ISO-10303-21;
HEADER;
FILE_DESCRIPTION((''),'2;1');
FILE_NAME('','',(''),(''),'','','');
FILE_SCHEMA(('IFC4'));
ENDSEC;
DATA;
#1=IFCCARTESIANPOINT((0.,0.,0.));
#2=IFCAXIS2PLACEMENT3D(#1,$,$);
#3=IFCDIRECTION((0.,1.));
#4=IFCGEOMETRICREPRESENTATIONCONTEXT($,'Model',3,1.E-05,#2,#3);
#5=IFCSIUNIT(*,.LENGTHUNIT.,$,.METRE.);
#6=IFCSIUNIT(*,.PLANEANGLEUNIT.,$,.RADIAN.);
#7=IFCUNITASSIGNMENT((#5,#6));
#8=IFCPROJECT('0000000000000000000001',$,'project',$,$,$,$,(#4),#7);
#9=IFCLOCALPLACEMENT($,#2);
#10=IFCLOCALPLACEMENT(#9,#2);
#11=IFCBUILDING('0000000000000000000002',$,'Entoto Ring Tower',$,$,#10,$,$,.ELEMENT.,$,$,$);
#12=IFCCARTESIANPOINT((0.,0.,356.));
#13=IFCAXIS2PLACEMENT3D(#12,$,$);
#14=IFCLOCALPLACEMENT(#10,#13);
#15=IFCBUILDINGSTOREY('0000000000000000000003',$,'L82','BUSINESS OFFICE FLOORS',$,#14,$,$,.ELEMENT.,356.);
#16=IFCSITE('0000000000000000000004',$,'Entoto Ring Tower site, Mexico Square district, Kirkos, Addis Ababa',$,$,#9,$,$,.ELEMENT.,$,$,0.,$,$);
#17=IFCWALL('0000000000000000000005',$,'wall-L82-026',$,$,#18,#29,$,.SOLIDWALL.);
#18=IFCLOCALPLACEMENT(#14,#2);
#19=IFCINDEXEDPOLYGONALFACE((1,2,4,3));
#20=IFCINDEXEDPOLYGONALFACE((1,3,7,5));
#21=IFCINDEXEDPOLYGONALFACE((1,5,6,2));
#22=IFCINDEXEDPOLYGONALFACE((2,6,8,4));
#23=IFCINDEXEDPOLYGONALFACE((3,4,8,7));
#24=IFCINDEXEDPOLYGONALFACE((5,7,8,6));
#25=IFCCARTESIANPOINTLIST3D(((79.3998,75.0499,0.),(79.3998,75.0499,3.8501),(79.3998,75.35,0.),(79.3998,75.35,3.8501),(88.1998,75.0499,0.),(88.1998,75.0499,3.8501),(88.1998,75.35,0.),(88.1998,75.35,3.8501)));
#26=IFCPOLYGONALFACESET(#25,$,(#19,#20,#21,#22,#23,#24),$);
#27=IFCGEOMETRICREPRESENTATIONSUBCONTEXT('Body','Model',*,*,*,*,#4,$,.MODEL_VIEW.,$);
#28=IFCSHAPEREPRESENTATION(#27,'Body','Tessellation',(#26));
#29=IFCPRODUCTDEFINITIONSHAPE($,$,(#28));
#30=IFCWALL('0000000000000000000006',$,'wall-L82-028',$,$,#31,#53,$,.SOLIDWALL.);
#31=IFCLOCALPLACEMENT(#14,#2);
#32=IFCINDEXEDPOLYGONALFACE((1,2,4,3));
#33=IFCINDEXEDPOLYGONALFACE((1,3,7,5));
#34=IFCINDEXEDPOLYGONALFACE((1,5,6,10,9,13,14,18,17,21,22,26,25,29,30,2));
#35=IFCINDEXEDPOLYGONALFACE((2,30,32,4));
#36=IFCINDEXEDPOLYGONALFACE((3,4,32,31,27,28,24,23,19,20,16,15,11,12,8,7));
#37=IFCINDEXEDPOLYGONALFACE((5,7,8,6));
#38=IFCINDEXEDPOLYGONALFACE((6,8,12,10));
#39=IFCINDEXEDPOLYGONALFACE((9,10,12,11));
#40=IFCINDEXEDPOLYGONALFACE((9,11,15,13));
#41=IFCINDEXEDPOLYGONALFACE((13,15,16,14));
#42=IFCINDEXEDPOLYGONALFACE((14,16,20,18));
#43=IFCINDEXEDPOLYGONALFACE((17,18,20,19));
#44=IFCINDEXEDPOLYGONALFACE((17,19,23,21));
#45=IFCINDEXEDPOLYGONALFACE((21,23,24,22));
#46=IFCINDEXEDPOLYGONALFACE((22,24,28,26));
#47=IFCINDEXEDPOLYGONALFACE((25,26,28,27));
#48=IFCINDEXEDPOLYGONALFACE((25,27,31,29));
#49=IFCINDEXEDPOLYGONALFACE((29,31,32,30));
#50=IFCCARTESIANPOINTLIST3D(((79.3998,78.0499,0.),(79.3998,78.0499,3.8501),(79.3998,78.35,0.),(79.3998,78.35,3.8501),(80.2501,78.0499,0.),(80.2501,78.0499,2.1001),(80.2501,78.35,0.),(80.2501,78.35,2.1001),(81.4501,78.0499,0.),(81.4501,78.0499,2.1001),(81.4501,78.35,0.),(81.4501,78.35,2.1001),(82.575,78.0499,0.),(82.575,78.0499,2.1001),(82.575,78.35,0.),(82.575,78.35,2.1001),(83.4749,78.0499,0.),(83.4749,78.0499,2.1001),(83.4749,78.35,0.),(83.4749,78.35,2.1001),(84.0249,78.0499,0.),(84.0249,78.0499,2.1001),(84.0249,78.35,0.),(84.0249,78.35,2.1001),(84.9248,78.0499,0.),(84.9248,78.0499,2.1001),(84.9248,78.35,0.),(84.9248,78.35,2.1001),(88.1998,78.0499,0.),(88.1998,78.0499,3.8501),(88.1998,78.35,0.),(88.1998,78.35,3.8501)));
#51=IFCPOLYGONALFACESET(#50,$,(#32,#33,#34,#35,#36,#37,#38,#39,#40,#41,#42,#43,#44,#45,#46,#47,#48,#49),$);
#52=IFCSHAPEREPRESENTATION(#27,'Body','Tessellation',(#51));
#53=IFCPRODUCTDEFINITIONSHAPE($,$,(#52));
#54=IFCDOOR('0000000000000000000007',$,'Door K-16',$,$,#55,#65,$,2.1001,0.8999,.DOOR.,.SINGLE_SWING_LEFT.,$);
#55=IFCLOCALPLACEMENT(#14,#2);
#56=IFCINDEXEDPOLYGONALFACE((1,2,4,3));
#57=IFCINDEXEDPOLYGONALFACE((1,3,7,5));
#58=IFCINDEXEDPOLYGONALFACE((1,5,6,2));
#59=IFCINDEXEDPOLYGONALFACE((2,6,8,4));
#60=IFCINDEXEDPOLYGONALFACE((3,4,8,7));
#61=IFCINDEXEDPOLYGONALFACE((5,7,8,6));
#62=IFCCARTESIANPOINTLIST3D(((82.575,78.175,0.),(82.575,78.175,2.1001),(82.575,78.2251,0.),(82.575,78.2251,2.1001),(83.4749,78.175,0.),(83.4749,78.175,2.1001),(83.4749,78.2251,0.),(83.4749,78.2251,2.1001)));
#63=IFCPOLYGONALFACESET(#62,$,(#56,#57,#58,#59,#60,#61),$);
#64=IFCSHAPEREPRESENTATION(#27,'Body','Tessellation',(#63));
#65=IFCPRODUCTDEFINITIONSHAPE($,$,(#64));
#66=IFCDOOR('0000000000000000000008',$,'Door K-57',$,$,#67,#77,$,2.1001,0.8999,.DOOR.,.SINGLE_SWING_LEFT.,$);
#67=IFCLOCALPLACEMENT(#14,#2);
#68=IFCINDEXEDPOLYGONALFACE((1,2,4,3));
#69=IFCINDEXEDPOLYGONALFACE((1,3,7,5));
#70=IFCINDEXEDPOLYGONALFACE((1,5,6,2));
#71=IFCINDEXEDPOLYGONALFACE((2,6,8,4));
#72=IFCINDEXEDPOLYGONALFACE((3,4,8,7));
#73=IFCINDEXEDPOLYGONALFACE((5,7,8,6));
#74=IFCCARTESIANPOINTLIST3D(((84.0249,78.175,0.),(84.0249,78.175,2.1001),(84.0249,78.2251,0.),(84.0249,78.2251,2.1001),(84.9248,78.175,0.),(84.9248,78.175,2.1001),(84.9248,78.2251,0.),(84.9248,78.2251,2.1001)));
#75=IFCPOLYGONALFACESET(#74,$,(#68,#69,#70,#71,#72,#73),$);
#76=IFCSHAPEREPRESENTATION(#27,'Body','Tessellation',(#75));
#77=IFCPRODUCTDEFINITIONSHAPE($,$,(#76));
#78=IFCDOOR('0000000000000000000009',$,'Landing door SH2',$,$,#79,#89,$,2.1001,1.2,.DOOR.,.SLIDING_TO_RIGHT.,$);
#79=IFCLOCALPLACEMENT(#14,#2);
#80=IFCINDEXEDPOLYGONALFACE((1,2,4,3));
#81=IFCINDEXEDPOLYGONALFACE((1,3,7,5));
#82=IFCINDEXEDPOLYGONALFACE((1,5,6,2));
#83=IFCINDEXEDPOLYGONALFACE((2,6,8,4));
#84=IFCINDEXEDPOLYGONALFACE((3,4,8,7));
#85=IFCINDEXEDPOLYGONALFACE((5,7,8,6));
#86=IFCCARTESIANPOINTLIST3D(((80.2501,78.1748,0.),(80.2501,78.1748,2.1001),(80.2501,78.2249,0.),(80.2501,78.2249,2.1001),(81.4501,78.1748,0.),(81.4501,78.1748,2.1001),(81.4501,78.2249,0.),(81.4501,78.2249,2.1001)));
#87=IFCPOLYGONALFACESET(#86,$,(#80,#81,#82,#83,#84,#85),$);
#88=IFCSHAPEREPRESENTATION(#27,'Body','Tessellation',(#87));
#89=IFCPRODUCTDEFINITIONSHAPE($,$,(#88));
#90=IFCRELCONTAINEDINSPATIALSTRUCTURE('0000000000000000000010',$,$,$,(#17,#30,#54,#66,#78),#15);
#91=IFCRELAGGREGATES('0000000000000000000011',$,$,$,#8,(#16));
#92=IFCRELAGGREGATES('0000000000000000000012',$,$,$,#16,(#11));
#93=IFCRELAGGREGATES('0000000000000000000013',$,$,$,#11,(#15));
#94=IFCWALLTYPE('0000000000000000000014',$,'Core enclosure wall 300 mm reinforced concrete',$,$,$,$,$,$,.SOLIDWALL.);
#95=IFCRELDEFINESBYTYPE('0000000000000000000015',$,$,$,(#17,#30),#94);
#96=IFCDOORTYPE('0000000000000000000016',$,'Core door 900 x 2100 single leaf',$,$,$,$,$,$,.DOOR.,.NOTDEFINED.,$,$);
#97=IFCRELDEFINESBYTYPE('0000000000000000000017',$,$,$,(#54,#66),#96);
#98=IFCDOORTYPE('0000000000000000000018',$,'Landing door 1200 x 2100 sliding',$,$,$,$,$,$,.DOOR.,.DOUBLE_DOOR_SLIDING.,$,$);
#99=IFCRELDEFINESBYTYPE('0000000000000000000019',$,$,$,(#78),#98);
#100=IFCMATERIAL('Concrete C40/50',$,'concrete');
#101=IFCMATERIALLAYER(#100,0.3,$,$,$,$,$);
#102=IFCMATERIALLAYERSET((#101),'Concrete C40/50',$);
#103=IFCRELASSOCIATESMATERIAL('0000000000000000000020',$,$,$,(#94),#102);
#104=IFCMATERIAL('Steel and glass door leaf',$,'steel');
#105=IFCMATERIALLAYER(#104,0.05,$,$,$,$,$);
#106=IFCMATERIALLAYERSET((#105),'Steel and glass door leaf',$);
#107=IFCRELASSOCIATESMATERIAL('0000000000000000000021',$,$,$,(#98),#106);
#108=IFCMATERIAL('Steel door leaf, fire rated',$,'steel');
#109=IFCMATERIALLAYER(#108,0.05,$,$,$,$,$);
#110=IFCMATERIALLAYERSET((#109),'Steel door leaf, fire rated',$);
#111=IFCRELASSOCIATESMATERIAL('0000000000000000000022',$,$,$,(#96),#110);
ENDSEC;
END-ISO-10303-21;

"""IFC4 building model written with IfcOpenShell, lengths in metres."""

from ifc_helpers import new_model, si_unit, direction, frame, frame_2d, origin, place, context, subcontext, project, spatial, rectangle, extrude, material, layer, layer_set, type_object, element, fill, save


model = new_model("IFC4")

# Units and contexts
model_context = context("Model", 3, precision=1e-05, world=origin(), true_north=direction((0.0, 1.0)))
body_context = subcontext(model_context, "Body", "Model", "MODEL_VIEW")
ifc_project = project(units=[si_unit("LENGTHUNIT", "METRE"), si_unit("PLANEANGLEUNIT", "RADIAN")], contexts=[model_context])

# Site, building, storey
site_placement = place(None, origin())
site = spatial("IfcSite", under=ifc_project, at=site_placement, Name="Entoto Ring Tower site, Mexico Square district, Kirkos, Addis Ababa", CompositionType="ELEMENT", RefElevation=0.0)
building_placement = place(site_placement, origin())
building = spatial("IfcBuilding", under=site, at=building_placement, Name="Entoto Ring Tower", CompositionType="ELEMENT")
storey_placement = place(building_placement, frame((0.0, 0.0, 356.0)))
storey = spatial("IfcBuildingStorey", under=building, at=storey_placement, Name="L82", Description="BUSINESS OFFICE FLOORS", CompositionType="ELEMENT", Elevation=356.0)

# Shared definitions
ifc_material_1 = material(Name="Concrete C40/50", Category="concrete")
ifc_layer_1 = layer(ifc_material_1, 0.3)
ifc_layer_set_1 = layer_set([ifc_layer_1], Name="Concrete C40/50")
wall_type_1 = type_object("IfcWallType", Name="Core enclosure wall 300 mm reinforced concrete", PredefinedType="SOLIDWALL", material=ifc_layer_set_1)
ifc_material_2 = material(Name="Steel and glass door leaf", Category="steel")
ifc_layer_2 = layer(ifc_material_2, 0.05)
ifc_layer_set_2 = layer_set([ifc_layer_2], Name="Steel and glass door leaf")
door_type_1 = type_object("IfcDoorType", Name="Landing door 1200 x 2100 sliding", OperationType="DOUBLE_DOOR_SLIDING", PredefinedType="DOOR", material=ifc_layer_set_2)

# Wall
wall_1_placement = place(storey_placement, frame((79.3999, 75.2, 0.0), z_axis=(0.0, 0.0, 1.0), x_axis=(1.0, 0.0, 0.0)))
element("IfcWall", 1, at=wall_1_placement, inside=storey, type_object=wall_type_1, Name="wall-L82-026", PredefinedType="SOLIDWALL", context=body_context, shape_type="SweptSolid", body=[
    extrude(rectangle(XDim=8.8, YDim=0.3, at=frame_2d((4.3999, 0.0))), origin(), (0.0, 0.0, 1.0), 3.8501),
])

# Wall, openings, doors
wall_2_placement = place(storey_placement, frame((79.3999, 78.2, 0.0), z_axis=(0.0, 0.0, 1.0), x_axis=(1.0, 0.0, 0.0)))
wall_2 = element("IfcWall", 2, at=wall_2_placement, inside=storey, type_object=wall_type_1, Name="wall-L82-028", PredefinedType="SOLIDWALL", context=body_context, shape_type="SweptSolid", body=[
    extrude(rectangle(XDim=8.8, YDim=0.3, at=frame_2d((4.3999, 0.0))), origin(), (0.0, 0.0, 1.0), 3.8501),
])
opening_1_placement = place(wall_2_placement, frame((0.8501, 0.0, 0.0)))
opening_1 = element("IfcOpeningElement", 3, at=opening_1_placement, cuts=wall_2, PredefinedType="OPENING", context=body_context, shape_type="SweptSolid", body=[
    extrude(rectangle(XDim=1.2, YDim=2.1001, at=frame_2d((0.6001, 1.05))), frame((0.0, 0.1602, 0.0), z_axis=(0.0, -1.0, 0.0), x_axis=(1.0, 0.0, 0.0)), (0.0, 0.0, 1.0), 0.3201),
])
opening_2_placement = place(wall_2_placement, frame((3.175, 0.0, 0.0)))
opening_2 = element("IfcOpeningElement", 4, at=opening_2_placement, cuts=wall_2, PredefinedType="OPENING", context=body_context, shape_type="SweptSolid", body=[
    extrude(rectangle(XDim=0.8999, YDim=2.1001, at=frame_2d((0.45, 1.05))), frame((0.0, 0.1602, 0.0), z_axis=(0.0, -1.0, 0.0), x_axis=(1.0, 0.0, 0.0)), (0.0, 0.0, 1.0), 0.3201),
])
opening_3_placement = place(wall_2_placement, frame((4.625, 0.0, 0.0)))
opening_3 = element("IfcOpeningElement", 5, at=opening_3_placement, cuts=wall_2, PredefinedType="OPENING", context=body_context, shape_type="SweptSolid", body=[
    extrude(rectangle(XDim=0.8999, YDim=2.1001, at=frame_2d((0.45, 1.05))), frame((0.0, 0.1602, 0.0), z_axis=(0.0, -1.0, 0.0), x_axis=(1.0, 0.0, 0.0)), (0.0, 0.0, 1.0), 0.3201),
])
ifc_material_3 = material(Name="Steel door leaf, fire rated", Category="steel")
ifc_layer_3 = layer(ifc_material_3, 0.05)
ifc_layer_set_3 = layer_set([ifc_layer_3], Name="Steel door leaf, fire rated")
door_type_2 = type_object("IfcDoorType", Name="Core door 900 x 2100 single leaf", OperationType="NOTDEFINED", PredefinedType="DOOR", material=ifc_layer_set_3)
door_1_placement = place(opening_2_placement, frame((0.8999, 0.0, 0.0), z_axis=(0.0, 0.0, 1.0), x_axis=(-1.0, 0.0, 0.0)))
door_1 = element("IfcDoor", 6, at=door_1_placement, inside=storey, type_object=door_type_2, Name="Door K-16", OperationType="SINGLE_SWING_LEFT", OverallHeight=2.1001, OverallWidth=0.8999, PredefinedType="DOOR", context=body_context, shape_type="SweptSolid", body=[
    extrude(rectangle(XDim=0.8999, YDim=2.1001, at=frame_2d((0.45, 1.05))), frame((0.0, 0.0249, 0.0), z_axis=(0.0, -1.0, 0.0), x_axis=(1.0, 0.0, 0.0)), (0.0, 0.0, 1.0), 0.05),
])
fill(opening_2, door_1)
door_2_placement = place(opening_3_placement, frame((0.8999, 0.0, 0.0), z_axis=(0.0, 0.0, 1.0), x_axis=(-1.0, 0.0, 0.0)))
door_2 = element("IfcDoor", 7, at=door_2_placement, inside=storey, type_object=door_type_2, Name="Door K-57", OperationType="SINGLE_SWING_LEFT", OverallHeight=2.1001, OverallWidth=0.8999, PredefinedType="DOOR", context=body_context, shape_type="SweptSolid", body=[
    extrude(rectangle(XDim=0.8999, YDim=2.1001, at=frame_2d((0.45, 1.05))), frame((0.0, 0.0249, 0.0), z_axis=(0.0, -1.0, 0.0), x_axis=(1.0, 0.0, 0.0)), (0.0, 0.0, 1.0), 0.05),
])
fill(opening_3, door_2)
door_3_placement = place(opening_1_placement, origin())
door_3 = element("IfcDoor", 8, at=door_3_placement, inside=storey, type_object=door_type_1, Name="Landing door SH2", OperationType="SLIDING_TO_RIGHT", OverallHeight=2.1001, OverallWidth=1.2, PredefinedType="DOOR", context=body_context, shape_type="SweptSolid", body=[
    extrude(rectangle(XDim=1.2, YDim=2.1001, at=frame_2d((0.6001, 1.05))), frame((0.0, 0.0249, 0.0), z_axis=(0.0, -1.0, 0.0), x_axis=(1.0, 0.0, 0.0)), (0.0, 0.0, 1.0), 0.05),
])
fill(opening_1, door_3)

save(model, "model.ifc")
